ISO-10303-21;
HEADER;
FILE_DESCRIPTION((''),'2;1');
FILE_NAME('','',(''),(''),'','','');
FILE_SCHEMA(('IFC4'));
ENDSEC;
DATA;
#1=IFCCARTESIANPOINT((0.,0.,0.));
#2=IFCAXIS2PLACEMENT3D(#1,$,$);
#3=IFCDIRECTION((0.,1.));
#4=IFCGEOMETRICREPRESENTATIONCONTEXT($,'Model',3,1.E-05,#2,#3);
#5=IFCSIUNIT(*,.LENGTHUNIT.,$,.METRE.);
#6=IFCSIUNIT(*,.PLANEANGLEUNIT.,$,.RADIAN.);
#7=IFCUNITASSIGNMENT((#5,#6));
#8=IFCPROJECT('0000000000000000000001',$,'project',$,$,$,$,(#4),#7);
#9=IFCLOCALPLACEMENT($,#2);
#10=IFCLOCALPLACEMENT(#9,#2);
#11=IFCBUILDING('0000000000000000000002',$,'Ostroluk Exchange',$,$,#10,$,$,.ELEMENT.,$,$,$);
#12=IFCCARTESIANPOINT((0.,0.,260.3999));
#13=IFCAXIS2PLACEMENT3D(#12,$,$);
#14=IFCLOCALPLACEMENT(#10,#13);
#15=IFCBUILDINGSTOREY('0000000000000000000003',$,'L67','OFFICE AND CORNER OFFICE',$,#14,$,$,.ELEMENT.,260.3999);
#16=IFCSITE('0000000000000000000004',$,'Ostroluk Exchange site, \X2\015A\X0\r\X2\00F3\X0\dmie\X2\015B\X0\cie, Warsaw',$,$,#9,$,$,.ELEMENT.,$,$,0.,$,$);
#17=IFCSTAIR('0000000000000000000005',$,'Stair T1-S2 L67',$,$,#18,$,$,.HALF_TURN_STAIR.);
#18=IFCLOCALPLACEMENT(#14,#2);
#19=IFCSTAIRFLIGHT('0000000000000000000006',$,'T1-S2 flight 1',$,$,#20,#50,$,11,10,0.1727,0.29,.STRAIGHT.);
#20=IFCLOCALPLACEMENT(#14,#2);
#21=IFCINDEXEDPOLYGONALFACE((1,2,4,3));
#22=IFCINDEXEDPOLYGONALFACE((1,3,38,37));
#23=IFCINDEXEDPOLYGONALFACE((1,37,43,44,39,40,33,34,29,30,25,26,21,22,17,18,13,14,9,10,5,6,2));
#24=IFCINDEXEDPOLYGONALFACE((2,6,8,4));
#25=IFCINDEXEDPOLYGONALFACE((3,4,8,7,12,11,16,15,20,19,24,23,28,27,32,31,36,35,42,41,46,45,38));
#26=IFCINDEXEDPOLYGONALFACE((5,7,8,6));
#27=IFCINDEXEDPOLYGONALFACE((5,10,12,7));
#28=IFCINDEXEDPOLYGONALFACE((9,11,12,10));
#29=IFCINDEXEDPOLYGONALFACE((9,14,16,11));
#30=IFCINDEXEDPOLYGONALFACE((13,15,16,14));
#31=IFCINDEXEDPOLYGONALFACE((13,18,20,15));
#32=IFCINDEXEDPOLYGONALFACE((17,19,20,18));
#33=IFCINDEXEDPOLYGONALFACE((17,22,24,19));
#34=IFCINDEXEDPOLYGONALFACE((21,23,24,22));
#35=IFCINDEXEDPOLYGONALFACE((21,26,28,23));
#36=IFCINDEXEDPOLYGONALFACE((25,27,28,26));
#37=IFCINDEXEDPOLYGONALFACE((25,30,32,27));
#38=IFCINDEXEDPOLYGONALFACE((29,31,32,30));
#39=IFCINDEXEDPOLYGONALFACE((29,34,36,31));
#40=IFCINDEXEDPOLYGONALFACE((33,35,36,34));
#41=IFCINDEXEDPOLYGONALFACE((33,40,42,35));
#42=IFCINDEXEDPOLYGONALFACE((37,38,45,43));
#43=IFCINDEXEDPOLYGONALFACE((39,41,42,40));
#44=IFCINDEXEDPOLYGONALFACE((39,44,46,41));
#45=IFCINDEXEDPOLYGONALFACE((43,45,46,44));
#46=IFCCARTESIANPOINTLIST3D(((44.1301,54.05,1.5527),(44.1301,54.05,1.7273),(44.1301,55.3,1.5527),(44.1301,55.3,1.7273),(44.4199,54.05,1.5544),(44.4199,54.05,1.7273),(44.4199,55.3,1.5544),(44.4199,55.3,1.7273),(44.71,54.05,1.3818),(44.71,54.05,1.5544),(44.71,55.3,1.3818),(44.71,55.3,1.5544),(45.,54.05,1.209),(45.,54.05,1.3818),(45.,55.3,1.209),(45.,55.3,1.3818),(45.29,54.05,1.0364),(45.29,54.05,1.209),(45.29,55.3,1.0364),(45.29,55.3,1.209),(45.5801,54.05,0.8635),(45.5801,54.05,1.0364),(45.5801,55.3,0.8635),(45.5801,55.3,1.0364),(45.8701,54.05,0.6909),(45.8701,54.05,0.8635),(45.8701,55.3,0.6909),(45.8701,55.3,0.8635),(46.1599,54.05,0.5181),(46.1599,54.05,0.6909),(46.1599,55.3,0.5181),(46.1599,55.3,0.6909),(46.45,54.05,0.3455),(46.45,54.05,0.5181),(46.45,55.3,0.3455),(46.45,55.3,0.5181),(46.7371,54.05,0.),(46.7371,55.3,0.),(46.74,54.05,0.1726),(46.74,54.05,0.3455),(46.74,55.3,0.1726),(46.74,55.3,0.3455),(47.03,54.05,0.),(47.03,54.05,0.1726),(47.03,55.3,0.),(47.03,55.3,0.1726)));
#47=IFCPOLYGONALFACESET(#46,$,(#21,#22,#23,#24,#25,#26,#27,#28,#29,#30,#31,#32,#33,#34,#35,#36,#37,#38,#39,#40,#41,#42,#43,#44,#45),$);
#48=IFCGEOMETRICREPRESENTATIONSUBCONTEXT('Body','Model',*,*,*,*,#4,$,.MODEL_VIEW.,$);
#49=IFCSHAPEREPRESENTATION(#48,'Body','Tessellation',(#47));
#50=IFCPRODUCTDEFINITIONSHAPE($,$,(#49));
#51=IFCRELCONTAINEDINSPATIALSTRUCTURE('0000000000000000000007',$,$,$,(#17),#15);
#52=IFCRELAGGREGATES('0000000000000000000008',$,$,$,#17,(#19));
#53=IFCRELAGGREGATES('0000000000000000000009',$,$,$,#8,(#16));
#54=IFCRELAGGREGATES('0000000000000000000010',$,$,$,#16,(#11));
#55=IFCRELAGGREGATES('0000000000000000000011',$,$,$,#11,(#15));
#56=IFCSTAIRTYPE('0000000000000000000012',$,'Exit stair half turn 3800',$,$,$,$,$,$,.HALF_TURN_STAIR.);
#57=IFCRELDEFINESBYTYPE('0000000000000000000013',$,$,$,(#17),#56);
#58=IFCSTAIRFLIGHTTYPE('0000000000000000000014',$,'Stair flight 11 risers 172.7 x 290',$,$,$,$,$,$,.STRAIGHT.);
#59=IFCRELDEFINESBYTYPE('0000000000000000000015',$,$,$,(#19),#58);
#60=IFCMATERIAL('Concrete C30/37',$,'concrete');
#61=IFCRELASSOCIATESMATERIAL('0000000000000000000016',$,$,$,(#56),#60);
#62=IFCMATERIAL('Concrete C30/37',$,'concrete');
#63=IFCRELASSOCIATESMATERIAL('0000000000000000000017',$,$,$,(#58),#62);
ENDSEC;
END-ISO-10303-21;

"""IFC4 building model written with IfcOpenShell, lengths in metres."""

from ifc_helpers import new_model, si_unit, direction, frame, origin, place, context, subcontext, project, spatial, polyline, outline, extrude, material, type_object, element, aggregate, save


model = new_model("IFC4")

# Units and contexts
model_context = context("Model", 3, precision=1e-05, world=origin(), true_north=direction((0.0, 1.0)))
body_context = subcontext(model_context, "Body", "Model", "MODEL_VIEW")
ifc_project = project(units=[si_unit("LENGTHUNIT", "METRE"), si_unit("PLANEANGLEUNIT", "RADIAN")], contexts=[model_context])

# Site, building, storey
site_placement = place(None, origin())
site = spatial("IfcSite", under=ifc_project, at=site_placement, Name="Ostroluk Exchange site, Śródmieście, Warsaw", CompositionType="ELEMENT", RefElevation=0.0)
building_placement = place(site_placement, origin())
building = spatial("IfcBuilding", under=site, at=building_placement, Name="Ostroluk Exchange", CompositionType="ELEMENT")
storey_placement = place(building_placement, frame((0.0, 0.0, 260.3999)))
storey = spatial("IfcBuildingStorey", under=building, at=storey_placement, Name="L67", Description="OFFICE AND CORNER OFFICE", CompositionType="ELEMENT", Elevation=260.3999)

# Stair, stair flight
ifc_material_1 = material(Name="Concrete C30/37", Category="concrete")
stair_type = type_object("IfcStairType", Name="Exit stair half turn 3800", PredefinedType="HALF_TURN_STAIR", material=ifc_material_1)
stair_placement = place(storey_placement, origin())
stair = element("IfcStair", 1, at=stair_placement, inside=storey, type_object=stair_type, Name="Stair T1-S2 L67", PredefinedType="HALF_TURN_STAIR")
ifc_material_2 = material(Name="Concrete C30/37", Category="concrete")
stair_flight_type = type_object("IfcStairFlightType", Name="Stair flight 11 risers 172.7 x 290", PredefinedType="STRAIGHT", material=ifc_material_2)
stair_flight_placement = place(storey_placement, frame((47.03, 54.675, 0.0), z_axis=(0.0, 0.0, 1.0), x_axis=(-1.0, 0.0, 0.0)))
stair_flight = element("IfcStairFlight", 2, at=stair_flight_placement, type_object=stair_flight_type, Name="T1-S2 flight 1", NumberOfRisers=11, NumberOfTreads=10, PredefinedType="STRAIGHT", RiserHeight=0.1727, TreadLength=0.29, context=body_context, shape_type="SweptSolid", body=[
    extrude(outline(polyline([(0.0, 0.0), (0.0, 0.1726), (0.29, 0.1726), (0.29, 0.3455), (0.5801, 0.3455), (0.5801, 0.5181), (0.8701, 0.5181), (0.8701, 0.6909), (1.1599, 0.6909), (1.1599, 0.8635), (1.45, 0.8635), (1.45, 1.0364), (1.74, 1.0364), (1.74, 1.209), (2.03, 1.209), (2.03, 1.3818), (2.3201, 1.3818), (2.3201, 1.5544), (2.6101, 1.5544), (2.6101, 1.7273), (2.8999, 1.7273), (2.8999, 1.8999), (2.8999, 1.5527), (0.293, 0.0), (0.0, 0.0)])), frame((0.0, 0.625, 0.0), z_axis=(0.0, -1.0, 0.0), x_axis=(1.0, 0.0, 0.0)), (0.0, 0.0, 1.0), 1.25),
])
aggregate(stair, [stair_flight])

save(model, "model.ifc")
